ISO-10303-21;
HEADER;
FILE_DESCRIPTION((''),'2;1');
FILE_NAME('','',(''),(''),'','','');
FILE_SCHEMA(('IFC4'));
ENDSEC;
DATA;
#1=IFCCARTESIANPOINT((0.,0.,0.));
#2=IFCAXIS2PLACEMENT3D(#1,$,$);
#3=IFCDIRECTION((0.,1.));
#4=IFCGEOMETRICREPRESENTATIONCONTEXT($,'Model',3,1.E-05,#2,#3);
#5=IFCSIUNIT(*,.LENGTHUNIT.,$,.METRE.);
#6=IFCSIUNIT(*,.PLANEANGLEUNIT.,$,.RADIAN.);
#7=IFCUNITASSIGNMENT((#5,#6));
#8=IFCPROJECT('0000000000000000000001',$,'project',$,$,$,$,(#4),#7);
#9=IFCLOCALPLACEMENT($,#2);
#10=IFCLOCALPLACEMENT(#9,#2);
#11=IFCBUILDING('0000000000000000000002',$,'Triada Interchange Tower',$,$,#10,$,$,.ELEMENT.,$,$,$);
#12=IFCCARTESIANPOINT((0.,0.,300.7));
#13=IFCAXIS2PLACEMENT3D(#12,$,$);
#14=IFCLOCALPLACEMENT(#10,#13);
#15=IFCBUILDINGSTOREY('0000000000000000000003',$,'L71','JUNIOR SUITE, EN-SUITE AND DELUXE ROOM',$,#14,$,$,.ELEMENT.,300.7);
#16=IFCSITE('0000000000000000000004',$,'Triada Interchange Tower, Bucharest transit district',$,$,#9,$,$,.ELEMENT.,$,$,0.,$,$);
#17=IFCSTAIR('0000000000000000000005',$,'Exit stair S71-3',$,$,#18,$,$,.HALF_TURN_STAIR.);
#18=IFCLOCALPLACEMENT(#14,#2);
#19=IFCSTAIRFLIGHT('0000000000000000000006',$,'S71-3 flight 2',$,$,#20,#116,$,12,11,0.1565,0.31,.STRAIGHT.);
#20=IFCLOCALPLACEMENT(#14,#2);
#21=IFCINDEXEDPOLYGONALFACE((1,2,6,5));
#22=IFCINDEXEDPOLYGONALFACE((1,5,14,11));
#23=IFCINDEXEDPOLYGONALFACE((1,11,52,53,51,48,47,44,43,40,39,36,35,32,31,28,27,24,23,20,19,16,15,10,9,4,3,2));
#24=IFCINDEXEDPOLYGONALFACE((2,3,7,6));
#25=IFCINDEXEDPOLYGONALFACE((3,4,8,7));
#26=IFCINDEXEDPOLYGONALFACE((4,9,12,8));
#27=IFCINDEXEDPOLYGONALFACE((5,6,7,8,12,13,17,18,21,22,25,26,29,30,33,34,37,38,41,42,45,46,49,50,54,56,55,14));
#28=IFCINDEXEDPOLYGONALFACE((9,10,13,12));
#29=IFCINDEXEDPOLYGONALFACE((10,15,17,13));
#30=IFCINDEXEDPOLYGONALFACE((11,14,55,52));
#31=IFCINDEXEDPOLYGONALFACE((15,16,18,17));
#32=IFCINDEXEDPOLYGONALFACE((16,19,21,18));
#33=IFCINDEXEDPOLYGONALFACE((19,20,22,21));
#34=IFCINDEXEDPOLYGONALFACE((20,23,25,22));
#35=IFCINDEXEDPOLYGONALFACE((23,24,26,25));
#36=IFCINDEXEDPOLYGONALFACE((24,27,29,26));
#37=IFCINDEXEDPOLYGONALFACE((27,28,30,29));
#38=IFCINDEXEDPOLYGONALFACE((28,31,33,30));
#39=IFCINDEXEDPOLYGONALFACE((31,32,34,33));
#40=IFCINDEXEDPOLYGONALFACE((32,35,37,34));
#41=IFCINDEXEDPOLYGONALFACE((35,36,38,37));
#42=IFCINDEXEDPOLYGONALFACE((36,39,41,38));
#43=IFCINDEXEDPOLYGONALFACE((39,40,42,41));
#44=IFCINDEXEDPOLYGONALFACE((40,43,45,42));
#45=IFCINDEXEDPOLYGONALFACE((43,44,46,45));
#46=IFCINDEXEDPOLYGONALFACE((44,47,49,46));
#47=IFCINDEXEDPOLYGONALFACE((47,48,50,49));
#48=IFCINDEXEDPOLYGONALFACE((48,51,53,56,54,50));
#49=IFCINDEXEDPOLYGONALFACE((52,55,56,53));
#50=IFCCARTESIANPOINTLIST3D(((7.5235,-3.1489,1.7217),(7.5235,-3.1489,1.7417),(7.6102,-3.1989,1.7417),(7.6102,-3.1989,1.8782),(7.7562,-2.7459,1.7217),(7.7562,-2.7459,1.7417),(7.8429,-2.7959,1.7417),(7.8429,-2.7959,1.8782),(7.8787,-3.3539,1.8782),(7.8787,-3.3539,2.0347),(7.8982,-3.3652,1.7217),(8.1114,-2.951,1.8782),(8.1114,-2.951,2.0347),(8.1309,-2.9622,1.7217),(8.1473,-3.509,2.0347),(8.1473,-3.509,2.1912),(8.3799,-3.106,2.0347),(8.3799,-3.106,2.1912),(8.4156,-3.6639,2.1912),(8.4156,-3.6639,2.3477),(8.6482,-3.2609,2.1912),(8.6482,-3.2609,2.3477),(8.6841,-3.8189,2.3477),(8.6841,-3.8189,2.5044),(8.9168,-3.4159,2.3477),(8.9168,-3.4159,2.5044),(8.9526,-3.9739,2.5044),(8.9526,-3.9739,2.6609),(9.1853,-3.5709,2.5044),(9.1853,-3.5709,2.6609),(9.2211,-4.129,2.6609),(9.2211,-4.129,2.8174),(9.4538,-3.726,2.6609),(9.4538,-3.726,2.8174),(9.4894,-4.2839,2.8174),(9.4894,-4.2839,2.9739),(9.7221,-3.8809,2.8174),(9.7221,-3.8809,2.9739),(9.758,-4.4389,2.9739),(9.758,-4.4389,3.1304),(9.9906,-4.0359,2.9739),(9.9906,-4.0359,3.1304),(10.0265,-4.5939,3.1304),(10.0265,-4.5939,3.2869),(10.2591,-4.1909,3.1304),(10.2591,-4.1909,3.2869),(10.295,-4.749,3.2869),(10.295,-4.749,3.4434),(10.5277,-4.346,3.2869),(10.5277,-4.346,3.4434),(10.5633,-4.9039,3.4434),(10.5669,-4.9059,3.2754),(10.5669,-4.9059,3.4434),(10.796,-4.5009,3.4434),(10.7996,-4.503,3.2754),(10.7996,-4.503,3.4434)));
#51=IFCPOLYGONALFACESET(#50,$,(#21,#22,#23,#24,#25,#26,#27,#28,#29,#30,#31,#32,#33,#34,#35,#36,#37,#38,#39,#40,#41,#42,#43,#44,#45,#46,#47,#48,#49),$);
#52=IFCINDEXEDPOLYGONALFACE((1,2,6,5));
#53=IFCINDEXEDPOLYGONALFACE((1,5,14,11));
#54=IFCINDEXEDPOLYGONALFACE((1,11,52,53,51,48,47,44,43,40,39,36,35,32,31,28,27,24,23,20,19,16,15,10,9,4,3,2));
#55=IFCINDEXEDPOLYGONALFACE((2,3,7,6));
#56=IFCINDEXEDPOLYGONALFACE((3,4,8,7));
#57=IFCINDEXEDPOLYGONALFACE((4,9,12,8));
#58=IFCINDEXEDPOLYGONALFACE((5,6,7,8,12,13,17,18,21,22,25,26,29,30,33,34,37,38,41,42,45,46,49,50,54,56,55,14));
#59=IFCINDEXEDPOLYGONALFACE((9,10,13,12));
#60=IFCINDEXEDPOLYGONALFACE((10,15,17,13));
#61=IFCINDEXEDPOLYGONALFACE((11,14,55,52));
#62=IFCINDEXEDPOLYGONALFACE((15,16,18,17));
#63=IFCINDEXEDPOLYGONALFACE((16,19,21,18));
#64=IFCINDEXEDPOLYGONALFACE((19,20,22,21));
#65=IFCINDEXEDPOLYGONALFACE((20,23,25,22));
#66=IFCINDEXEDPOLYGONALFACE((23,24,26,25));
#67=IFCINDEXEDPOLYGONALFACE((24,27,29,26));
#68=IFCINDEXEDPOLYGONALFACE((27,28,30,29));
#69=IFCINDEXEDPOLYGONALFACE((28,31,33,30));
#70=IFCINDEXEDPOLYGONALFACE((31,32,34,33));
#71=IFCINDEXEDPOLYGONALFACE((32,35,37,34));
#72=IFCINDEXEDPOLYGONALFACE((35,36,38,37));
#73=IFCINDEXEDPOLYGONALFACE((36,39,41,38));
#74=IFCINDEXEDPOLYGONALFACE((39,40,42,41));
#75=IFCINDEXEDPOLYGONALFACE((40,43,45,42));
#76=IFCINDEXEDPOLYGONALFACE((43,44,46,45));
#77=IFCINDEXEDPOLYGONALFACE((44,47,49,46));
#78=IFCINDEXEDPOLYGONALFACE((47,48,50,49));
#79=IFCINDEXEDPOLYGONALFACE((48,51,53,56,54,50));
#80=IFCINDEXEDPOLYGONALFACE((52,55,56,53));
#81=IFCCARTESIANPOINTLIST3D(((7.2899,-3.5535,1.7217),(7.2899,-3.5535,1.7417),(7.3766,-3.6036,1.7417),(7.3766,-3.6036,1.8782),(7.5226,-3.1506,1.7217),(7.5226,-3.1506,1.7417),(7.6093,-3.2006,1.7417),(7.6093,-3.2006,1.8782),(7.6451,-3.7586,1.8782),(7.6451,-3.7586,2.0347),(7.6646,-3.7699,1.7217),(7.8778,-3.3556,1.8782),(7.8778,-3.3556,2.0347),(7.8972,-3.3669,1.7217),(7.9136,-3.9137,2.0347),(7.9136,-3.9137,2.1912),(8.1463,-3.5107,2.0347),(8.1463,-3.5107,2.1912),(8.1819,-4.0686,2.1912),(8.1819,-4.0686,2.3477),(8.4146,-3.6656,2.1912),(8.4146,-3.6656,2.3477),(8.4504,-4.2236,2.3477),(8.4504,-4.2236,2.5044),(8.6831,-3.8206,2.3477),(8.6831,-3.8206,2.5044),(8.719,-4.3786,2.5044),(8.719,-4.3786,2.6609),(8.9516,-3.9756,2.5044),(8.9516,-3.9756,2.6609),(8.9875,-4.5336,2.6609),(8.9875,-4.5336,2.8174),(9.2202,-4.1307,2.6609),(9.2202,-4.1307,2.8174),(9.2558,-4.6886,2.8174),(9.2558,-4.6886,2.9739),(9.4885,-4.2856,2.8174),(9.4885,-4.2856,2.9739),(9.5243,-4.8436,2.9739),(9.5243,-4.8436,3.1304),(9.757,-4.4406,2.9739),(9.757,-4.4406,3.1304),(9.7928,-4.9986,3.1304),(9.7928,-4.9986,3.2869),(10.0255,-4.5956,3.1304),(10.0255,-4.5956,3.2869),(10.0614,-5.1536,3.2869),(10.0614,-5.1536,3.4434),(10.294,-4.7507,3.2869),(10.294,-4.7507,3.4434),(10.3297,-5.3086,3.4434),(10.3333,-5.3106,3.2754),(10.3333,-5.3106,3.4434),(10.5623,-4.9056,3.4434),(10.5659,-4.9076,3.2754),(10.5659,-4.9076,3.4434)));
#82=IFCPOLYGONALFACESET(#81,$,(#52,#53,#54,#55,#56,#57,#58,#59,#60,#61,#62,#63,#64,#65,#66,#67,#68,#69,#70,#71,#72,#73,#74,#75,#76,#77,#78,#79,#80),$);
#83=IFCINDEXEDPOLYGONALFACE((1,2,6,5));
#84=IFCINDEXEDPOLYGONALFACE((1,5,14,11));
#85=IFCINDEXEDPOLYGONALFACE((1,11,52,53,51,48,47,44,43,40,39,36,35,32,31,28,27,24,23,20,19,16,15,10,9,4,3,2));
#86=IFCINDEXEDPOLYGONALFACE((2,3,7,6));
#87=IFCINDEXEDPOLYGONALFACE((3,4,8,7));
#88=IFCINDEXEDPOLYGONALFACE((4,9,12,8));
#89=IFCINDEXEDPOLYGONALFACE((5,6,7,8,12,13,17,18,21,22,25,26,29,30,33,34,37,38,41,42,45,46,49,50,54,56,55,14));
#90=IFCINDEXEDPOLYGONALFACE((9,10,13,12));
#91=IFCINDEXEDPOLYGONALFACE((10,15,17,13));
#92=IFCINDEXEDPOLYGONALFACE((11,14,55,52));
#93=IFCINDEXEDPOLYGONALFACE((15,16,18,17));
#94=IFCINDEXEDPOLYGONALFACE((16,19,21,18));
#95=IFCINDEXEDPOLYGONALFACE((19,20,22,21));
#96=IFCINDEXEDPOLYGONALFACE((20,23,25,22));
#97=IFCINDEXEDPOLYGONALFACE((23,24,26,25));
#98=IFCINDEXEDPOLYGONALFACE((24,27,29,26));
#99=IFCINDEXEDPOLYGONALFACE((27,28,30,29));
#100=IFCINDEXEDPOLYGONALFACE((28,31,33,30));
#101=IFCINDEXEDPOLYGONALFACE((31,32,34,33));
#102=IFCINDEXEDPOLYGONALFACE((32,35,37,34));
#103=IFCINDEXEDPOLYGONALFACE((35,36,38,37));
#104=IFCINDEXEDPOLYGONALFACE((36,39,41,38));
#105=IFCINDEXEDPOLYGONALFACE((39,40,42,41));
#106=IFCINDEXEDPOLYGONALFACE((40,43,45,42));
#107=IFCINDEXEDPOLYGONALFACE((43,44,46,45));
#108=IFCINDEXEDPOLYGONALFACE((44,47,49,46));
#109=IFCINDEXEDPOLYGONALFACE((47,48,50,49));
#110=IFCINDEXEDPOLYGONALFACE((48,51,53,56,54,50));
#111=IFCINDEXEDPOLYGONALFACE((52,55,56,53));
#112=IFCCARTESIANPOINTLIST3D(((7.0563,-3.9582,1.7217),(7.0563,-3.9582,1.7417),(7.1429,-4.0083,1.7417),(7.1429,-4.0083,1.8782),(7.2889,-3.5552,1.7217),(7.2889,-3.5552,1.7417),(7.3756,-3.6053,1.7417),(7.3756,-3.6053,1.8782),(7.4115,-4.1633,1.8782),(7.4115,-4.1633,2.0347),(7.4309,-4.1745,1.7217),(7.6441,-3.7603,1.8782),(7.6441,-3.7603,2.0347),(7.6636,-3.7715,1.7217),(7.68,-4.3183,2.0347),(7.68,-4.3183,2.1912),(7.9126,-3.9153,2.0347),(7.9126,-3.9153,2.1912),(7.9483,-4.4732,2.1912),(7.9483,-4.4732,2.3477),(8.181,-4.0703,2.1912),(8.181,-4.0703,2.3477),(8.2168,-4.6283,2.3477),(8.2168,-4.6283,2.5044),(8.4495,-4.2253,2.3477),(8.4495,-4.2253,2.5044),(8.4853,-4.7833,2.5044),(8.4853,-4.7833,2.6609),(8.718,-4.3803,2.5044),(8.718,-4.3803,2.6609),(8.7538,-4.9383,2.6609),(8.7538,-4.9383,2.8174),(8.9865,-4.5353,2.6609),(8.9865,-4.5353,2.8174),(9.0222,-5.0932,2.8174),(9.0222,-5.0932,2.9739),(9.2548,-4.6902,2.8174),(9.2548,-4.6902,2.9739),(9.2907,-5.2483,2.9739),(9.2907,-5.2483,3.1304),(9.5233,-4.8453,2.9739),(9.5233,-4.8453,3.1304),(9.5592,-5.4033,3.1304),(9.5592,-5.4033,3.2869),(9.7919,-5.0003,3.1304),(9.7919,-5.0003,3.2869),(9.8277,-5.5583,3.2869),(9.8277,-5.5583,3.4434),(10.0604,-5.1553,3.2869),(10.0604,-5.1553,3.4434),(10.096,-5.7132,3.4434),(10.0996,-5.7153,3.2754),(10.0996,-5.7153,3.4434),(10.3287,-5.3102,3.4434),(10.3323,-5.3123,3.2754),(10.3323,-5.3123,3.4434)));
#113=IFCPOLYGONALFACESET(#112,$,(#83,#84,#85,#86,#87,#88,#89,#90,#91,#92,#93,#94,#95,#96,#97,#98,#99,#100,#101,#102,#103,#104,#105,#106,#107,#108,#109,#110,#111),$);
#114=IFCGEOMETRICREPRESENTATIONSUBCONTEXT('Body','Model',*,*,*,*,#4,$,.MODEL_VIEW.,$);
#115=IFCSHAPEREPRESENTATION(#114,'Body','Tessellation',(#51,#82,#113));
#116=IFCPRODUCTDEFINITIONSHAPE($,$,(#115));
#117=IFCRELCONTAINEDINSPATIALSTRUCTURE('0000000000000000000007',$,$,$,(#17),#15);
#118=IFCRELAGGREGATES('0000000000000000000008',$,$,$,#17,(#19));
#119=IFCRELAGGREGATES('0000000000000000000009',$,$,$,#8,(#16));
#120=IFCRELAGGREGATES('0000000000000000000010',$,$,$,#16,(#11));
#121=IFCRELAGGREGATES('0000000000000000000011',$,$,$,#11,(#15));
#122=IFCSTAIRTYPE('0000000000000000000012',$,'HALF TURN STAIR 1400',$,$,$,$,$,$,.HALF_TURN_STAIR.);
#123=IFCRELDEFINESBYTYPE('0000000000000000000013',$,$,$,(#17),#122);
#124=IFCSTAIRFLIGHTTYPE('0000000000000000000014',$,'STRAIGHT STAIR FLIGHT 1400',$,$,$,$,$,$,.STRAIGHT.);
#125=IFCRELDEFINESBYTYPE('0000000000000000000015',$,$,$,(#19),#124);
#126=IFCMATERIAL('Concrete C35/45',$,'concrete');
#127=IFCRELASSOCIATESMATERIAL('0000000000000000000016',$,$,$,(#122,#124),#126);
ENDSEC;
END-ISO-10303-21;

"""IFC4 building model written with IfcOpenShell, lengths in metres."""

from ifc_helpers import new_model, si_unit, direction, frame, origin, place, context, subcontext, project, spatial, polyline, outline, extrude, material, type_object, element, aggregate, save


model = new_model("IFC4")

# Units and contexts
model_context = context("Model", 3, precision=1e-05, world=origin(), true_north=direction((0.0, 1.0)))
body_context = subcontext(model_context, "Body", "Model", "MODEL_VIEW")
ifc_project = project(units=[si_unit("LENGTHUNIT", "METRE"), si_unit("PLANEANGLEUNIT", "RADIAN")], contexts=[model_context])

# Site, building, storey
site_placement = place(None, origin())
site = spatial("IfcSite", under=ifc_project, at=site_placement, Name="Triada Interchange Tower, Bucharest transit district", CompositionType="ELEMENT", RefElevation=0.0)
building_placement = place(site_placement, origin())
building = spatial("IfcBuilding", under=site, at=building_placement, Name="Triada Interchange Tower", CompositionType="ELEMENT")
storey_placement = place(building_placement, frame((0.0, 0.0, 300.7)))
storey = spatial("IfcBuildingStorey", under=building, at=storey_placement, Name="L71", Description="JUNIOR SUITE, EN-SUITE AND DELUXE ROOM", CompositionType="ELEMENT", Elevation=300.7)

# Stair, stair flight
ifc_material_1 = material(Name="Concrete C35/45", Category="concrete")
stair_type = type_object("IfcStairType", Name="HALF TURN STAIR 1400", PredefinedType="HALF_TURN_STAIR", material=ifc_material_1)
stair_placement = place(storey_placement, origin())
stair = element("IfcStair", 1, at=stair_placement, inside=storey, type_object=stair_type, Name="Exit stair S71-3", PredefinedType="HALF_TURN_STAIR")
stair_flight_type = type_object("IfcStairFlightType", Name="STRAIGHT STAIR FLIGHT 1400", PredefinedType="STRAIGHT", material=ifc_material_1)
stair_flight_1_placement = place(storey_placement, frame((7.4929, -3.4021, 1.7217), z_axis=(0.0, 0.0, 1.0), x_axis=(0.866025, -0.5, 0.0)))
stair_flight_1 = element("IfcStairFlight", 2, at=stair_flight_1_placement, type_object=stair_flight_type, Name="S71-3 flight 2", NumberOfRisers=12, NumberOfTreads=11, PredefinedType="STRAIGHT", RiserHeight=0.1565, TreadLength=0.31, context=body_context, shape_type="SweptSolid", body=[
    extrude(outline(polyline([(-0.1001, 0.0), (-0.1001, 0.02), (0.0, 0.02), (0.0, 0.1565), (0.3101, 0.1565), (0.3101, 0.313), (0.6201, 0.313), (0.6201, 0.4695), (0.9299, 0.4695), (0.9299, 0.626), (1.24, 0.626), (1.24, 0.7827), (1.55, 0.7827), (1.55, 0.9392), (1.8601, 0.9392), (1.8601, 1.0957), (2.1699, 1.0957), (2.1699, 1.2522), (2.48, 1.2522), (2.48, 1.4087), (2.79, 1.4087), (2.79, 1.5652), (3.1001, 1.5652), (3.1001, 1.7217), (3.4099, 1.7217), (3.4141, 1.7217), (3.4141, 1.8782), (3.4141, 1.5537), (0.3325, 0.0), (-0.1001, 0.0)])), frame((0.0, 0.7, 0.0), z_axis=(0.0, -1.0, 0.0), x_axis=(1.0, 0.0, 0.0)), (0.0, 0.0, 1.0), 0.4653),
    extrude(outline(polyline([(-0.1001, 0.0), (-0.1001, 0.02), (0.0, 0.02), (0.0, 0.1565), (0.3101, 0.1565), (0.3101, 0.313), (0.6201, 0.313), (0.6201, 0.4695), (0.9299, 0.4695), (0.9299, 0.626), (1.24, 0.626), (1.24, 0.7827), (1.55, 0.7827), (1.55, 0.9392), (1.8601, 0.9392), (1.8601, 1.0957), (2.1699, 1.0957), (2.1699, 1.2522), (2.48, 1.2522), (2.48, 1.4087), (2.79, 1.4087), (2.79, 1.5652), (3.1001, 1.5652), (3.1001, 1.7217), (3.4099, 1.7217), (3.4141, 1.7217), (3.4141, 1.8782), (3.4141, 1.5537), (0.3325, 0.0), (-0.1001, 0.0)])), frame((0.0, 0.2327, 0.0), z_axis=(0.0, -1.0, 0.0), x_axis=(1.0, 0.0, 0.0)), (0.0, 0.0, 1.0), 0.4653),
    extrude(outline(polyline([(-0.1001, 0.0), (-0.1001, 0.02), (0.0, 0.02), (0.0, 0.1565), (0.3101, 0.1565), (0.3101, 0.313), (0.6201, 0.313), (0.6201, 0.4695), (0.9299, 0.4695), (0.9299, 0.626), (1.24, 0.626), (1.24, 0.7827), (1.55, 0.7827), (1.55, 0.9392), (1.8601, 0.9392), (1.8601, 1.0957), (2.1699, 1.0957), (2.1699, 1.2522), (2.48, 1.2522), (2.48, 1.4087), (2.79, 1.4087), (2.79, 1.5652), (3.1001, 1.5652), (3.1001, 1.7217), (3.4099, 1.7217), (3.4141, 1.7217), (3.4141, 1.8782), (3.4141, 1.5537), (0.3325, 0.0), (-0.1001, 0.0)])), frame((0.0, -0.2346, 0.0), z_axis=(0.0, -1.0, 0.0), x_axis=(1.0, 0.0, 0.0)), (0.0, 0.0, 1.0), 0.4653),
])
aggregate(stair, [stair_flight_1])

save(model, "model.ifc")
